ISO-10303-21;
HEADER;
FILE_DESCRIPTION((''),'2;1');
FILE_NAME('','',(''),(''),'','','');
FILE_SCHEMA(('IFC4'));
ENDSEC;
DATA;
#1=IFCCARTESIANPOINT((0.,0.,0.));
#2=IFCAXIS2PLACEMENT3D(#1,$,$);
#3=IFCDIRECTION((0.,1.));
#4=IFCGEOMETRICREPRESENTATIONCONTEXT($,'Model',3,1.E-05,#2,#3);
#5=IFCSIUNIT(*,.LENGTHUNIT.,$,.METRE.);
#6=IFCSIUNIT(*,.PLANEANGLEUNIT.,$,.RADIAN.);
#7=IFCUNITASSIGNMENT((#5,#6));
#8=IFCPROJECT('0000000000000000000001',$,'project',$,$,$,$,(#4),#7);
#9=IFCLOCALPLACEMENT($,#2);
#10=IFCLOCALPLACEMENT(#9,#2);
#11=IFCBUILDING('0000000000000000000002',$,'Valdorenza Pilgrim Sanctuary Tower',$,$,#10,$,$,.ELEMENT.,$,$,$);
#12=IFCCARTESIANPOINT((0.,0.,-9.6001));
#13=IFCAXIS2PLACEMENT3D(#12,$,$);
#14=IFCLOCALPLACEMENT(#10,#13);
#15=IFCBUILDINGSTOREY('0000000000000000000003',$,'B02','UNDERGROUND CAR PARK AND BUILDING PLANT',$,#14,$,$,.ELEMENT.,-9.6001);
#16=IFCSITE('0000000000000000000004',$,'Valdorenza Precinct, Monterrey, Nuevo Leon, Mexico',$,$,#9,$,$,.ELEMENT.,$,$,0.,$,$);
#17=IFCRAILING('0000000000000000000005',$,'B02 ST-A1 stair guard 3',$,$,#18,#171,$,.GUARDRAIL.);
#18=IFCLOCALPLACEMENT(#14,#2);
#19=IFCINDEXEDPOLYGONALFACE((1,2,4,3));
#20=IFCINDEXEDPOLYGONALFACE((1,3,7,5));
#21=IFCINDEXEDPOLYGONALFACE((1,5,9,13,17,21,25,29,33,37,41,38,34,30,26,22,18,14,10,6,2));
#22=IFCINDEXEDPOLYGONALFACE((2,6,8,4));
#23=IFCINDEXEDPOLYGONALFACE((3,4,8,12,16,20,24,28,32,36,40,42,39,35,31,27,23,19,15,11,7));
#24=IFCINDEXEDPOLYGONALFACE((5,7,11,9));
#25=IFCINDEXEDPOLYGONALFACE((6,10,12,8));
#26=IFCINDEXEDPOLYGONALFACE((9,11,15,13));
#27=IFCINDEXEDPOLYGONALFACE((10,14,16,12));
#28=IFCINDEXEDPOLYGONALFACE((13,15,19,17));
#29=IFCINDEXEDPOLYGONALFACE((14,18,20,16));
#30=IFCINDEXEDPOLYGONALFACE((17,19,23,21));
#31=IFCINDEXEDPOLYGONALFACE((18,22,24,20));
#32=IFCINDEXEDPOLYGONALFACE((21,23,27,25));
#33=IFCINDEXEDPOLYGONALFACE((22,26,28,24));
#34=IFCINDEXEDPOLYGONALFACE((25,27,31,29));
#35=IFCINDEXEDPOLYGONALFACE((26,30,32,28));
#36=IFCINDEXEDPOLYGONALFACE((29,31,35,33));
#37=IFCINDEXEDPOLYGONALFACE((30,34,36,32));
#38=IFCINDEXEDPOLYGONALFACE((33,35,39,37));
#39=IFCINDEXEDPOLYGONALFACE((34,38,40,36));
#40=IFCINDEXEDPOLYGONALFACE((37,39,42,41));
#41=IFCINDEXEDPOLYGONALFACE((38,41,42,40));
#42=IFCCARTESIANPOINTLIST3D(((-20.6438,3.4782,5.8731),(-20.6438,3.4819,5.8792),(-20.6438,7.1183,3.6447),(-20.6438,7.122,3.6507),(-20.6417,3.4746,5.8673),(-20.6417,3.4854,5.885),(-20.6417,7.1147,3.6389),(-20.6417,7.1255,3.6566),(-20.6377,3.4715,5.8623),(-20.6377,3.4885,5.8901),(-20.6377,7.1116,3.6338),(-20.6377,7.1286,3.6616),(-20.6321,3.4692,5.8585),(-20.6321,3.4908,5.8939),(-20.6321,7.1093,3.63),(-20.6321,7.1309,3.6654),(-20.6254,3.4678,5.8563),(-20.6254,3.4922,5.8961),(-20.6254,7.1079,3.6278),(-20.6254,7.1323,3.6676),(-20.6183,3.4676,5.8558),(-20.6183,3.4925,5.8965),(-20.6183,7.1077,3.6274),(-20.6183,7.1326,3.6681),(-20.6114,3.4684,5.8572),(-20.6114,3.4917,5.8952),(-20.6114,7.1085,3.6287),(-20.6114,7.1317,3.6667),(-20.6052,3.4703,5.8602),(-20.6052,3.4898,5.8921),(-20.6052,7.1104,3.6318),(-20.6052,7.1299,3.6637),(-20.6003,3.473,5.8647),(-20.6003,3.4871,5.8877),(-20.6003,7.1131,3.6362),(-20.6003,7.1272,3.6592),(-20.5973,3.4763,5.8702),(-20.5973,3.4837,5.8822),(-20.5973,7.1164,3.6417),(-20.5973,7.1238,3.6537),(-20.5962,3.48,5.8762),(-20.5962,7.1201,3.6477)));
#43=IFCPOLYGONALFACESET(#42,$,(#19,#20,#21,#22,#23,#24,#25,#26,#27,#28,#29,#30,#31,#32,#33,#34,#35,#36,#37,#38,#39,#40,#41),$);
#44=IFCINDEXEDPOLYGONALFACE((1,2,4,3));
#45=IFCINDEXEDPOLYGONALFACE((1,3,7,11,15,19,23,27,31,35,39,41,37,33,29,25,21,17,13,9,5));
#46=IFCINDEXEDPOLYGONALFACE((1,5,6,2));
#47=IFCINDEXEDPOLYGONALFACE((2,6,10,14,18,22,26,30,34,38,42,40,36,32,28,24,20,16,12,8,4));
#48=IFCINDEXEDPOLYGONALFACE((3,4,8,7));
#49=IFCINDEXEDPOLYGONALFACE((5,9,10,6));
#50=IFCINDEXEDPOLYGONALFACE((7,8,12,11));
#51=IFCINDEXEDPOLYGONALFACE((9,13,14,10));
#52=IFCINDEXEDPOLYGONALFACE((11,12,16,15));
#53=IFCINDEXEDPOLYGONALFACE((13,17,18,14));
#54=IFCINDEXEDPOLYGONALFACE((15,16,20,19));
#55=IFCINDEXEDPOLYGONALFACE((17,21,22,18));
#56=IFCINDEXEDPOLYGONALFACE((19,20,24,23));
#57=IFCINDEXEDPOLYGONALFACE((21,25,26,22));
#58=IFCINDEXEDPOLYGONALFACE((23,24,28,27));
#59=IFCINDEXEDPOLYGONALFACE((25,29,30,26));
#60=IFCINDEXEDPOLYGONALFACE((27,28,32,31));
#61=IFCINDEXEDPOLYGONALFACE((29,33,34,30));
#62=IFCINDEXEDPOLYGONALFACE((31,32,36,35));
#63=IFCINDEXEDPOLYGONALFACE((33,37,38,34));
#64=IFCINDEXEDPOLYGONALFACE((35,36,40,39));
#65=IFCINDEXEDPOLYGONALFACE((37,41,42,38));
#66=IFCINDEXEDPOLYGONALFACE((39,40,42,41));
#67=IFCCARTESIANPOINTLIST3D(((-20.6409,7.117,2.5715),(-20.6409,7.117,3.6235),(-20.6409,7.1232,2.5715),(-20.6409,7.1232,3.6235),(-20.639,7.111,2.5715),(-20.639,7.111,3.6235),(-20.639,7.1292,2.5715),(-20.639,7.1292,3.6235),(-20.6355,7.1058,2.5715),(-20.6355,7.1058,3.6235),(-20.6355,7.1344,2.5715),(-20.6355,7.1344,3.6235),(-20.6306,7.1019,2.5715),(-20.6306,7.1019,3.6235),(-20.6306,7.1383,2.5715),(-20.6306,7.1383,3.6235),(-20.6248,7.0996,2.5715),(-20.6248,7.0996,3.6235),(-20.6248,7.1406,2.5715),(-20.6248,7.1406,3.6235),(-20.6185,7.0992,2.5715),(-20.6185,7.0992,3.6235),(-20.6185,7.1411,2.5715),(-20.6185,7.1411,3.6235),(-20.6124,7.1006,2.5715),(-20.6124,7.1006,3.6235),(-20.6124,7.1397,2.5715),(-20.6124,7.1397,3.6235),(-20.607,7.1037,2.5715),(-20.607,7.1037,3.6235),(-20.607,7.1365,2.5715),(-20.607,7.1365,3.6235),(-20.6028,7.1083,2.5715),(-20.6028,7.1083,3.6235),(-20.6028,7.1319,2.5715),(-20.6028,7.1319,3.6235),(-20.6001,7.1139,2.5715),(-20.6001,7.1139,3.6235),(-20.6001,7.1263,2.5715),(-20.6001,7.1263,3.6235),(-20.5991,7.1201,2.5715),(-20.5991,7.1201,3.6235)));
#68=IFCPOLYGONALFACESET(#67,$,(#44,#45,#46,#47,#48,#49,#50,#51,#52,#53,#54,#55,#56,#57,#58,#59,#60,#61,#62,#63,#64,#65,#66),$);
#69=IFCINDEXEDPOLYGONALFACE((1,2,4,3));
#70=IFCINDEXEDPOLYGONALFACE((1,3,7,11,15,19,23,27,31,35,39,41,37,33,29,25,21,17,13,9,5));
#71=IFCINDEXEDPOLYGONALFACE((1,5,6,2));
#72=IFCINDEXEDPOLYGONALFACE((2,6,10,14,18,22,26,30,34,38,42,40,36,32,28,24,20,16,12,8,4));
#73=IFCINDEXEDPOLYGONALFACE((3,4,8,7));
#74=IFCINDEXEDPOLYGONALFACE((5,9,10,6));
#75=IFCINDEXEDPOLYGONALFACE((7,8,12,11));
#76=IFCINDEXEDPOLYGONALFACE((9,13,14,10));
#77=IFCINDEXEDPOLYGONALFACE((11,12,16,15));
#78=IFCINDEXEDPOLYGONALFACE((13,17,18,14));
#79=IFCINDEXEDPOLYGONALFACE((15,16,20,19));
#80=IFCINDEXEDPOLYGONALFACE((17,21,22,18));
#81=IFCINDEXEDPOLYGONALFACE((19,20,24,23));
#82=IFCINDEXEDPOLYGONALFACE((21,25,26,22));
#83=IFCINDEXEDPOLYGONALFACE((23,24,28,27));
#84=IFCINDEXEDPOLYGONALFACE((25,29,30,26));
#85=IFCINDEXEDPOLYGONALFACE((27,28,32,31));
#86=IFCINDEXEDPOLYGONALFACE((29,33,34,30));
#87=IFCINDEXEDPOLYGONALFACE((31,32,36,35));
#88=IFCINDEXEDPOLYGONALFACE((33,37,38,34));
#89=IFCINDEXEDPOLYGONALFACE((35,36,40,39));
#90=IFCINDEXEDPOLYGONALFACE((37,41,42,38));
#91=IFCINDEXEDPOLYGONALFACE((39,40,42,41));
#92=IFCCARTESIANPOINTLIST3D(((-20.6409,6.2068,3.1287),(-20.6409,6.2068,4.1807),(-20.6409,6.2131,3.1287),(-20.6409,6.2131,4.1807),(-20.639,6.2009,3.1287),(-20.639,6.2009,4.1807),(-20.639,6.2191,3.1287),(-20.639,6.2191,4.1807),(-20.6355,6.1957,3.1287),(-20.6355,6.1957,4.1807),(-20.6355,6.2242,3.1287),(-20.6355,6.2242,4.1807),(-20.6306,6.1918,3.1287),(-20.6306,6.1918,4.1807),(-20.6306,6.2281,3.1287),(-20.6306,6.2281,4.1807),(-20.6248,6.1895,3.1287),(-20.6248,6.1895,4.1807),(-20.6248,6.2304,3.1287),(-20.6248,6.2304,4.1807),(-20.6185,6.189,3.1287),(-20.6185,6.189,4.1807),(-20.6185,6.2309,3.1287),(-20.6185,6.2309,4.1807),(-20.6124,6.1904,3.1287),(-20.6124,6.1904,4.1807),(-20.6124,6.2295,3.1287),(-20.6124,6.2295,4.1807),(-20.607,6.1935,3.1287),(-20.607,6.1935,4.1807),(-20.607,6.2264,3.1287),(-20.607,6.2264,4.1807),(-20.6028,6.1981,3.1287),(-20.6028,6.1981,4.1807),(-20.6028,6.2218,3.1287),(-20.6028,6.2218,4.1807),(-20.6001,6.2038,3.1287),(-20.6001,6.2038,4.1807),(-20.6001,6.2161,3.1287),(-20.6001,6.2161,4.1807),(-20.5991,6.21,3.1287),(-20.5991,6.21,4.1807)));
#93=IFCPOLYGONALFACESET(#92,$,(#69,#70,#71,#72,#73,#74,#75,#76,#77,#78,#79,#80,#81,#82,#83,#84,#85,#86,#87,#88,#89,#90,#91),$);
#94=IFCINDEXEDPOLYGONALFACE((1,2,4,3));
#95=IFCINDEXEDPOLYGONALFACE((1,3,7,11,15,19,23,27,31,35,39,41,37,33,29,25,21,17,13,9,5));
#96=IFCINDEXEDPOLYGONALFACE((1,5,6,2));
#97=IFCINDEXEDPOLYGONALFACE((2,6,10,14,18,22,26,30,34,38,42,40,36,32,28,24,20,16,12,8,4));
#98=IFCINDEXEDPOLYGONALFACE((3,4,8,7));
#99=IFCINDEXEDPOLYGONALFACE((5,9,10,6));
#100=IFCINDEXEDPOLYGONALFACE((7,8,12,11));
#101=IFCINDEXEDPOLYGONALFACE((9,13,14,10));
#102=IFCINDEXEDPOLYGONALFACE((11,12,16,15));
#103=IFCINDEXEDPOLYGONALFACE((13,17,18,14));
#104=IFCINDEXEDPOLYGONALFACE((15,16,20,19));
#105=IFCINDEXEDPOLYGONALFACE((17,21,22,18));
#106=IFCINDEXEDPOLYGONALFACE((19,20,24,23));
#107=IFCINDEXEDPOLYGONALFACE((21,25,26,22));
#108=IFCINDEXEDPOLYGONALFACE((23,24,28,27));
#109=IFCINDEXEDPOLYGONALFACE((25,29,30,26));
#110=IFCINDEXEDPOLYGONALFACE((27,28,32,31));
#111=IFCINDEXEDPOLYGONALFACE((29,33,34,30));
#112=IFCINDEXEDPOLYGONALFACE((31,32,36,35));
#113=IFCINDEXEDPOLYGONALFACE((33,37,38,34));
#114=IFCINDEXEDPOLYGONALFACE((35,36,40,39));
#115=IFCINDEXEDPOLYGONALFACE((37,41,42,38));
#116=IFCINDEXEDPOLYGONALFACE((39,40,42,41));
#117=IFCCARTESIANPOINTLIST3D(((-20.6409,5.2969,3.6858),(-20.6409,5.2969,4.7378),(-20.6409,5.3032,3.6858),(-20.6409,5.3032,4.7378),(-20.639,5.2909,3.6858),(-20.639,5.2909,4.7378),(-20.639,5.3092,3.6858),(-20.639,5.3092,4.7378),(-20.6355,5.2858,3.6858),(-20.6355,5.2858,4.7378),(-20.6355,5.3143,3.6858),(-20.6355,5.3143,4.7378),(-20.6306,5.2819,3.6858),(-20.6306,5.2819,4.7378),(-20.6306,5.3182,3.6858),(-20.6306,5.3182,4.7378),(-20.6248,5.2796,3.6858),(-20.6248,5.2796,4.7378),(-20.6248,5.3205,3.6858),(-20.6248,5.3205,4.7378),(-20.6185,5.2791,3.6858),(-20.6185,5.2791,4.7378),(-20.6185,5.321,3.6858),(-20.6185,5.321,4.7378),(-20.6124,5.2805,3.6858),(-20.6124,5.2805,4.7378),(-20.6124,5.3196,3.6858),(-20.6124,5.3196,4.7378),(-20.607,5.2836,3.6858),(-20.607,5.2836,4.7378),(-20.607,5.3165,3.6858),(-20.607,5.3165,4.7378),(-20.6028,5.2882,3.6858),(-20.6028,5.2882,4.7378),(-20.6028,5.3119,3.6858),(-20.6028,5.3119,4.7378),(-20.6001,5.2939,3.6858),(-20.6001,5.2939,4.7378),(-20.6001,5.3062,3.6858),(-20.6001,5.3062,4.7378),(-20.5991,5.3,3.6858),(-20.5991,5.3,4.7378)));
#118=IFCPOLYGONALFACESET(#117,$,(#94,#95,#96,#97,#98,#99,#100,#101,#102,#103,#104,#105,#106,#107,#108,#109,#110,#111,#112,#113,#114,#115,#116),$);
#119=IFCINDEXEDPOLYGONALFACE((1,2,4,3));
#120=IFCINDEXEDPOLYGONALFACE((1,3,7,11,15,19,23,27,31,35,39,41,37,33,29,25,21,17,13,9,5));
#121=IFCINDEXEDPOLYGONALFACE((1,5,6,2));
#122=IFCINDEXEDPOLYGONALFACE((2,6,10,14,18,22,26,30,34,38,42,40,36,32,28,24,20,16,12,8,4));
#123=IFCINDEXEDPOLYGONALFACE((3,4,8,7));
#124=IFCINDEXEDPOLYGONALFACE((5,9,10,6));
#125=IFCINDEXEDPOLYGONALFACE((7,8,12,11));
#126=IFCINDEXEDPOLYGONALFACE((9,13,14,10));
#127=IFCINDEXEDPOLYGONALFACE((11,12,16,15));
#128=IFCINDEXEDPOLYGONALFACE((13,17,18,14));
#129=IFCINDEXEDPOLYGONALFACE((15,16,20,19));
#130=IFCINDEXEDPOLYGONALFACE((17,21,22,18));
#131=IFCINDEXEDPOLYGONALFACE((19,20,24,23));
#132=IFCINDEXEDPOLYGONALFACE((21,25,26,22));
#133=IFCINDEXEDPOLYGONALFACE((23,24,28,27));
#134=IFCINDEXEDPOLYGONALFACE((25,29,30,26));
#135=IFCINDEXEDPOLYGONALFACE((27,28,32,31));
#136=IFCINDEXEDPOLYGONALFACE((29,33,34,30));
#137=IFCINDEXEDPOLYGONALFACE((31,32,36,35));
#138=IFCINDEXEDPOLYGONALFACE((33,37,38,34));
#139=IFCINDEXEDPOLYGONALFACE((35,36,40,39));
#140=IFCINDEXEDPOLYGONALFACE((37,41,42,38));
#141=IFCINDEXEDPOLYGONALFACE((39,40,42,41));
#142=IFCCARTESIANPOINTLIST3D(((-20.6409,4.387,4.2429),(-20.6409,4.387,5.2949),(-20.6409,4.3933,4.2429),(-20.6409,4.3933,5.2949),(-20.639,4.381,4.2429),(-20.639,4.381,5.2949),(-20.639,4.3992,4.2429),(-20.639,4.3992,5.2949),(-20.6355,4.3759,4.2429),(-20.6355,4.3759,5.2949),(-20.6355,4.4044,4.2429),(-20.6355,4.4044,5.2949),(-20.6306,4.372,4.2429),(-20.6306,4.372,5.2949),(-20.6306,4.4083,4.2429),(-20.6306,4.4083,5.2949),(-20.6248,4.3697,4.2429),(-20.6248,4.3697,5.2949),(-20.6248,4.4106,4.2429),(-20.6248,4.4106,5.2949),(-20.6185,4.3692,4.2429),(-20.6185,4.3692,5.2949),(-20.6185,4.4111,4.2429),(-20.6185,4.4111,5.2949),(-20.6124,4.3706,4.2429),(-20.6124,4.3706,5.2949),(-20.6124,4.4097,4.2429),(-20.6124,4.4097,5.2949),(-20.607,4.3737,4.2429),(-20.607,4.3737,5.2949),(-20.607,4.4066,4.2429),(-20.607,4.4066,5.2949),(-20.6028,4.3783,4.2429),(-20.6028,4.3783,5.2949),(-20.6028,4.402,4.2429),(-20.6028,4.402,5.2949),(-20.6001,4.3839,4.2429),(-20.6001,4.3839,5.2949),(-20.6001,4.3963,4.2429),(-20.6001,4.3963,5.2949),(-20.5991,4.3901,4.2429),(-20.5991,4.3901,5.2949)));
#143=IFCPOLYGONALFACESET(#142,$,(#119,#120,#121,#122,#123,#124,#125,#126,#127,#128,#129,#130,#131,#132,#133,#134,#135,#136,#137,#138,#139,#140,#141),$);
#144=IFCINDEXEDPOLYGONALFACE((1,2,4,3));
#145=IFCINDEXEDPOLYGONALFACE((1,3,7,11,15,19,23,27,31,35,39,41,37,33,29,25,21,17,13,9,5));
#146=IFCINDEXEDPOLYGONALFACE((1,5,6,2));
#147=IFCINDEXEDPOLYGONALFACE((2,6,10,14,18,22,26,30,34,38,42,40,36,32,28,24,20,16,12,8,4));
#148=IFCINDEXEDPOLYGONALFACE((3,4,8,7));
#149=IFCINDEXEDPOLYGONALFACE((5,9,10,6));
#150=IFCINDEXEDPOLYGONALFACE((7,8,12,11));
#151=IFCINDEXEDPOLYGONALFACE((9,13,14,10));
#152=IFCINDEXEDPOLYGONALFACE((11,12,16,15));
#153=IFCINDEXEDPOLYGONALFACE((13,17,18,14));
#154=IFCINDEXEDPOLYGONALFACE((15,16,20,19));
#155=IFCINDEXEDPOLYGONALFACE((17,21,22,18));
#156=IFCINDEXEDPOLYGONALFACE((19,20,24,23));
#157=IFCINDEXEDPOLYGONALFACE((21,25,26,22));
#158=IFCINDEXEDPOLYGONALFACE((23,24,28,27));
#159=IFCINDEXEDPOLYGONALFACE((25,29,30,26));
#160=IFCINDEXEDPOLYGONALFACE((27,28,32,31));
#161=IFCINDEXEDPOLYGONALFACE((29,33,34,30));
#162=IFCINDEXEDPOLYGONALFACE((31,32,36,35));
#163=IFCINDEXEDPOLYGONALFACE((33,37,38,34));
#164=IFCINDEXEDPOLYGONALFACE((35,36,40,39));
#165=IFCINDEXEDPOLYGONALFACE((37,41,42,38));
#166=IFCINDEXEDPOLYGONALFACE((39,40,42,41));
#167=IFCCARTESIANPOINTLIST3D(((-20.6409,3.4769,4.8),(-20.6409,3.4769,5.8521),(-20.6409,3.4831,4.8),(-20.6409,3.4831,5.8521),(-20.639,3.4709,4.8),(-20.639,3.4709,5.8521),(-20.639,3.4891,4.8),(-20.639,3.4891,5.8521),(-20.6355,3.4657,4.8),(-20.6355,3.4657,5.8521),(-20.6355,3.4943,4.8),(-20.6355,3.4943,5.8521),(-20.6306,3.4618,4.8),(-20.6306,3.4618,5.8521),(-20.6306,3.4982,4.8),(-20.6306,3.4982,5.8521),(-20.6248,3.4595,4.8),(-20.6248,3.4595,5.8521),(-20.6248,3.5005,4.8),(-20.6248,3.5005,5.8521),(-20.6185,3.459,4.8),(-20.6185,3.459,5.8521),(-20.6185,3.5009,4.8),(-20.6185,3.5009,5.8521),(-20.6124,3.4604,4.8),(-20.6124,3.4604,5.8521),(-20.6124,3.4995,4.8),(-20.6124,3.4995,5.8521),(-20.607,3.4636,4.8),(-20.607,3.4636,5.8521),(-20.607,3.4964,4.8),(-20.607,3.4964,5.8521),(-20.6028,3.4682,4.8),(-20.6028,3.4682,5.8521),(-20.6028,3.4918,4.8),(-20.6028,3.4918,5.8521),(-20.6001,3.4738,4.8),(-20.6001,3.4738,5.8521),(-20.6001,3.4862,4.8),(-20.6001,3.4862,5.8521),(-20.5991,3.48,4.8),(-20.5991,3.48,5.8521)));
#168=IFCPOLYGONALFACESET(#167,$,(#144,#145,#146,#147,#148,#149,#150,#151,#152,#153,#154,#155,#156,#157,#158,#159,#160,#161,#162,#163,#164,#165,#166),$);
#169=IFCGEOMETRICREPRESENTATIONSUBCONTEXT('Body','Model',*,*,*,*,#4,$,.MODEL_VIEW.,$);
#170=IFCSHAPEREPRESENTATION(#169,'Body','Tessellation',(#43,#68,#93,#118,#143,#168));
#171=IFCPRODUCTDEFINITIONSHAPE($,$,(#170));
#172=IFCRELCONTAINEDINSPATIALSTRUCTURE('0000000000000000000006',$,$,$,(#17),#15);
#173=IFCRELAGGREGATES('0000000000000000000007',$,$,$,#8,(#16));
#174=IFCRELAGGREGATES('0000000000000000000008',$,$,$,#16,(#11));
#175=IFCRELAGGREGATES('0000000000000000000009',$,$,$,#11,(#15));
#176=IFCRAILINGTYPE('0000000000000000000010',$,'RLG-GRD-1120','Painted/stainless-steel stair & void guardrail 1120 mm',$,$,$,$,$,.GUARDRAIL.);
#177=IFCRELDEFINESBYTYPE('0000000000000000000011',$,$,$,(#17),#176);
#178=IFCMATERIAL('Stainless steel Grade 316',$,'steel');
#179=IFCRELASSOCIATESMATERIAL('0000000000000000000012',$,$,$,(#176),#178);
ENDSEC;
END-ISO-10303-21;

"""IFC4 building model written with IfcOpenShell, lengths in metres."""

from ifc_helpers import new_model, si_unit, direction, frame, origin, origin_2d, place, context, subcontext, project, spatial, circle, extrude, material, type_object, element, save


model = new_model("IFC4")

# Units and contexts
model_context = context("Model", 3, precision=1e-05, world=origin(), true_north=direction((0.0, 1.0)))
body_context = subcontext(model_context, "Body", "Model", "MODEL_VIEW")
ifc_project = project(units=[si_unit("LENGTHUNIT", "METRE"), si_unit("PLANEANGLEUNIT", "RADIAN")], contexts=[model_context])

# Site, building, storey
site_placement = place(None, origin())
site = spatial("IfcSite", under=ifc_project, at=site_placement, Name="Valdorenza Precinct, Monterrey, Nuevo Leon, Mexico", CompositionType="ELEMENT", RefElevation=0.0)
building_placement = place(site_placement, origin())
building = spatial("IfcBuilding", under=site, at=building_placement, Name="Valdorenza Pilgrim Sanctuary Tower", CompositionType="ELEMENT")
storey_placement = place(building_placement, frame((0.0, 0.0, -9.6001)))
storey = spatial("IfcBuildingStorey", under=building, at=storey_placement, Name="B02", Description="UNDERGROUND CAR PARK AND BUILDING PLANT", CompositionType="ELEMENT", Elevation=-9.6001)

# Railing
ifc_material_1 = material(Name="Stainless steel Grade 316", Category="steel")
railing_type_1 = type_object("IfcRailingType", Name="RLG-GRD-1120", Description="Painted/stainless-steel stair & void guardrail 1120 mm", PredefinedType="GUARDRAIL", material=ifc_material_1)
railing_1_placement = place(storey_placement, frame((-20.6201, 7.1201, 2.5715)))
element("IfcRailing", 1, at=railing_1_placement, inside=storey, type_object=railing_type_1, Name="B02 ST-A1 stair guard 3", PredefinedType="GUARDRAIL", context=body_context, shape_type="SweptSolid", body=[
    extrude(circle(Radius=0.0239, at=origin_2d()), frame((0.0, 0.0, 1.0762), z_axis=(0.0, -0.852866, 0.52213), x_axis=(1.0, 0.0, 0.0)), (0.0, 0.0, 1.0), 4.2681),
    extrude(circle(Radius=0.021, at=origin_2d()), origin(), (0.0, 0.0, 1.0), 1.052),
    extrude(circle(Radius=0.021, at=origin_2d()), frame((0.0, -0.9102, 0.5571)), (0.0, 0.0, 1.0), 1.052),
    extrude(circle(Radius=0.021, at=origin_2d()), frame((0.0, -1.8201, 1.1143)), (0.0, 0.0, 1.0), 1.052),
    extrude(circle(Radius=0.021, at=origin_2d()), frame((0.0, -2.73, 1.6714)), (0.0, 0.0, 1.0), 1.052),
    extrude(circle(Radius=0.021, at=origin_2d()), frame((0.0, -3.6401, 2.2285)), (0.0, 0.0, 1.0), 1.052),
])

save(model, "model.ifc")
